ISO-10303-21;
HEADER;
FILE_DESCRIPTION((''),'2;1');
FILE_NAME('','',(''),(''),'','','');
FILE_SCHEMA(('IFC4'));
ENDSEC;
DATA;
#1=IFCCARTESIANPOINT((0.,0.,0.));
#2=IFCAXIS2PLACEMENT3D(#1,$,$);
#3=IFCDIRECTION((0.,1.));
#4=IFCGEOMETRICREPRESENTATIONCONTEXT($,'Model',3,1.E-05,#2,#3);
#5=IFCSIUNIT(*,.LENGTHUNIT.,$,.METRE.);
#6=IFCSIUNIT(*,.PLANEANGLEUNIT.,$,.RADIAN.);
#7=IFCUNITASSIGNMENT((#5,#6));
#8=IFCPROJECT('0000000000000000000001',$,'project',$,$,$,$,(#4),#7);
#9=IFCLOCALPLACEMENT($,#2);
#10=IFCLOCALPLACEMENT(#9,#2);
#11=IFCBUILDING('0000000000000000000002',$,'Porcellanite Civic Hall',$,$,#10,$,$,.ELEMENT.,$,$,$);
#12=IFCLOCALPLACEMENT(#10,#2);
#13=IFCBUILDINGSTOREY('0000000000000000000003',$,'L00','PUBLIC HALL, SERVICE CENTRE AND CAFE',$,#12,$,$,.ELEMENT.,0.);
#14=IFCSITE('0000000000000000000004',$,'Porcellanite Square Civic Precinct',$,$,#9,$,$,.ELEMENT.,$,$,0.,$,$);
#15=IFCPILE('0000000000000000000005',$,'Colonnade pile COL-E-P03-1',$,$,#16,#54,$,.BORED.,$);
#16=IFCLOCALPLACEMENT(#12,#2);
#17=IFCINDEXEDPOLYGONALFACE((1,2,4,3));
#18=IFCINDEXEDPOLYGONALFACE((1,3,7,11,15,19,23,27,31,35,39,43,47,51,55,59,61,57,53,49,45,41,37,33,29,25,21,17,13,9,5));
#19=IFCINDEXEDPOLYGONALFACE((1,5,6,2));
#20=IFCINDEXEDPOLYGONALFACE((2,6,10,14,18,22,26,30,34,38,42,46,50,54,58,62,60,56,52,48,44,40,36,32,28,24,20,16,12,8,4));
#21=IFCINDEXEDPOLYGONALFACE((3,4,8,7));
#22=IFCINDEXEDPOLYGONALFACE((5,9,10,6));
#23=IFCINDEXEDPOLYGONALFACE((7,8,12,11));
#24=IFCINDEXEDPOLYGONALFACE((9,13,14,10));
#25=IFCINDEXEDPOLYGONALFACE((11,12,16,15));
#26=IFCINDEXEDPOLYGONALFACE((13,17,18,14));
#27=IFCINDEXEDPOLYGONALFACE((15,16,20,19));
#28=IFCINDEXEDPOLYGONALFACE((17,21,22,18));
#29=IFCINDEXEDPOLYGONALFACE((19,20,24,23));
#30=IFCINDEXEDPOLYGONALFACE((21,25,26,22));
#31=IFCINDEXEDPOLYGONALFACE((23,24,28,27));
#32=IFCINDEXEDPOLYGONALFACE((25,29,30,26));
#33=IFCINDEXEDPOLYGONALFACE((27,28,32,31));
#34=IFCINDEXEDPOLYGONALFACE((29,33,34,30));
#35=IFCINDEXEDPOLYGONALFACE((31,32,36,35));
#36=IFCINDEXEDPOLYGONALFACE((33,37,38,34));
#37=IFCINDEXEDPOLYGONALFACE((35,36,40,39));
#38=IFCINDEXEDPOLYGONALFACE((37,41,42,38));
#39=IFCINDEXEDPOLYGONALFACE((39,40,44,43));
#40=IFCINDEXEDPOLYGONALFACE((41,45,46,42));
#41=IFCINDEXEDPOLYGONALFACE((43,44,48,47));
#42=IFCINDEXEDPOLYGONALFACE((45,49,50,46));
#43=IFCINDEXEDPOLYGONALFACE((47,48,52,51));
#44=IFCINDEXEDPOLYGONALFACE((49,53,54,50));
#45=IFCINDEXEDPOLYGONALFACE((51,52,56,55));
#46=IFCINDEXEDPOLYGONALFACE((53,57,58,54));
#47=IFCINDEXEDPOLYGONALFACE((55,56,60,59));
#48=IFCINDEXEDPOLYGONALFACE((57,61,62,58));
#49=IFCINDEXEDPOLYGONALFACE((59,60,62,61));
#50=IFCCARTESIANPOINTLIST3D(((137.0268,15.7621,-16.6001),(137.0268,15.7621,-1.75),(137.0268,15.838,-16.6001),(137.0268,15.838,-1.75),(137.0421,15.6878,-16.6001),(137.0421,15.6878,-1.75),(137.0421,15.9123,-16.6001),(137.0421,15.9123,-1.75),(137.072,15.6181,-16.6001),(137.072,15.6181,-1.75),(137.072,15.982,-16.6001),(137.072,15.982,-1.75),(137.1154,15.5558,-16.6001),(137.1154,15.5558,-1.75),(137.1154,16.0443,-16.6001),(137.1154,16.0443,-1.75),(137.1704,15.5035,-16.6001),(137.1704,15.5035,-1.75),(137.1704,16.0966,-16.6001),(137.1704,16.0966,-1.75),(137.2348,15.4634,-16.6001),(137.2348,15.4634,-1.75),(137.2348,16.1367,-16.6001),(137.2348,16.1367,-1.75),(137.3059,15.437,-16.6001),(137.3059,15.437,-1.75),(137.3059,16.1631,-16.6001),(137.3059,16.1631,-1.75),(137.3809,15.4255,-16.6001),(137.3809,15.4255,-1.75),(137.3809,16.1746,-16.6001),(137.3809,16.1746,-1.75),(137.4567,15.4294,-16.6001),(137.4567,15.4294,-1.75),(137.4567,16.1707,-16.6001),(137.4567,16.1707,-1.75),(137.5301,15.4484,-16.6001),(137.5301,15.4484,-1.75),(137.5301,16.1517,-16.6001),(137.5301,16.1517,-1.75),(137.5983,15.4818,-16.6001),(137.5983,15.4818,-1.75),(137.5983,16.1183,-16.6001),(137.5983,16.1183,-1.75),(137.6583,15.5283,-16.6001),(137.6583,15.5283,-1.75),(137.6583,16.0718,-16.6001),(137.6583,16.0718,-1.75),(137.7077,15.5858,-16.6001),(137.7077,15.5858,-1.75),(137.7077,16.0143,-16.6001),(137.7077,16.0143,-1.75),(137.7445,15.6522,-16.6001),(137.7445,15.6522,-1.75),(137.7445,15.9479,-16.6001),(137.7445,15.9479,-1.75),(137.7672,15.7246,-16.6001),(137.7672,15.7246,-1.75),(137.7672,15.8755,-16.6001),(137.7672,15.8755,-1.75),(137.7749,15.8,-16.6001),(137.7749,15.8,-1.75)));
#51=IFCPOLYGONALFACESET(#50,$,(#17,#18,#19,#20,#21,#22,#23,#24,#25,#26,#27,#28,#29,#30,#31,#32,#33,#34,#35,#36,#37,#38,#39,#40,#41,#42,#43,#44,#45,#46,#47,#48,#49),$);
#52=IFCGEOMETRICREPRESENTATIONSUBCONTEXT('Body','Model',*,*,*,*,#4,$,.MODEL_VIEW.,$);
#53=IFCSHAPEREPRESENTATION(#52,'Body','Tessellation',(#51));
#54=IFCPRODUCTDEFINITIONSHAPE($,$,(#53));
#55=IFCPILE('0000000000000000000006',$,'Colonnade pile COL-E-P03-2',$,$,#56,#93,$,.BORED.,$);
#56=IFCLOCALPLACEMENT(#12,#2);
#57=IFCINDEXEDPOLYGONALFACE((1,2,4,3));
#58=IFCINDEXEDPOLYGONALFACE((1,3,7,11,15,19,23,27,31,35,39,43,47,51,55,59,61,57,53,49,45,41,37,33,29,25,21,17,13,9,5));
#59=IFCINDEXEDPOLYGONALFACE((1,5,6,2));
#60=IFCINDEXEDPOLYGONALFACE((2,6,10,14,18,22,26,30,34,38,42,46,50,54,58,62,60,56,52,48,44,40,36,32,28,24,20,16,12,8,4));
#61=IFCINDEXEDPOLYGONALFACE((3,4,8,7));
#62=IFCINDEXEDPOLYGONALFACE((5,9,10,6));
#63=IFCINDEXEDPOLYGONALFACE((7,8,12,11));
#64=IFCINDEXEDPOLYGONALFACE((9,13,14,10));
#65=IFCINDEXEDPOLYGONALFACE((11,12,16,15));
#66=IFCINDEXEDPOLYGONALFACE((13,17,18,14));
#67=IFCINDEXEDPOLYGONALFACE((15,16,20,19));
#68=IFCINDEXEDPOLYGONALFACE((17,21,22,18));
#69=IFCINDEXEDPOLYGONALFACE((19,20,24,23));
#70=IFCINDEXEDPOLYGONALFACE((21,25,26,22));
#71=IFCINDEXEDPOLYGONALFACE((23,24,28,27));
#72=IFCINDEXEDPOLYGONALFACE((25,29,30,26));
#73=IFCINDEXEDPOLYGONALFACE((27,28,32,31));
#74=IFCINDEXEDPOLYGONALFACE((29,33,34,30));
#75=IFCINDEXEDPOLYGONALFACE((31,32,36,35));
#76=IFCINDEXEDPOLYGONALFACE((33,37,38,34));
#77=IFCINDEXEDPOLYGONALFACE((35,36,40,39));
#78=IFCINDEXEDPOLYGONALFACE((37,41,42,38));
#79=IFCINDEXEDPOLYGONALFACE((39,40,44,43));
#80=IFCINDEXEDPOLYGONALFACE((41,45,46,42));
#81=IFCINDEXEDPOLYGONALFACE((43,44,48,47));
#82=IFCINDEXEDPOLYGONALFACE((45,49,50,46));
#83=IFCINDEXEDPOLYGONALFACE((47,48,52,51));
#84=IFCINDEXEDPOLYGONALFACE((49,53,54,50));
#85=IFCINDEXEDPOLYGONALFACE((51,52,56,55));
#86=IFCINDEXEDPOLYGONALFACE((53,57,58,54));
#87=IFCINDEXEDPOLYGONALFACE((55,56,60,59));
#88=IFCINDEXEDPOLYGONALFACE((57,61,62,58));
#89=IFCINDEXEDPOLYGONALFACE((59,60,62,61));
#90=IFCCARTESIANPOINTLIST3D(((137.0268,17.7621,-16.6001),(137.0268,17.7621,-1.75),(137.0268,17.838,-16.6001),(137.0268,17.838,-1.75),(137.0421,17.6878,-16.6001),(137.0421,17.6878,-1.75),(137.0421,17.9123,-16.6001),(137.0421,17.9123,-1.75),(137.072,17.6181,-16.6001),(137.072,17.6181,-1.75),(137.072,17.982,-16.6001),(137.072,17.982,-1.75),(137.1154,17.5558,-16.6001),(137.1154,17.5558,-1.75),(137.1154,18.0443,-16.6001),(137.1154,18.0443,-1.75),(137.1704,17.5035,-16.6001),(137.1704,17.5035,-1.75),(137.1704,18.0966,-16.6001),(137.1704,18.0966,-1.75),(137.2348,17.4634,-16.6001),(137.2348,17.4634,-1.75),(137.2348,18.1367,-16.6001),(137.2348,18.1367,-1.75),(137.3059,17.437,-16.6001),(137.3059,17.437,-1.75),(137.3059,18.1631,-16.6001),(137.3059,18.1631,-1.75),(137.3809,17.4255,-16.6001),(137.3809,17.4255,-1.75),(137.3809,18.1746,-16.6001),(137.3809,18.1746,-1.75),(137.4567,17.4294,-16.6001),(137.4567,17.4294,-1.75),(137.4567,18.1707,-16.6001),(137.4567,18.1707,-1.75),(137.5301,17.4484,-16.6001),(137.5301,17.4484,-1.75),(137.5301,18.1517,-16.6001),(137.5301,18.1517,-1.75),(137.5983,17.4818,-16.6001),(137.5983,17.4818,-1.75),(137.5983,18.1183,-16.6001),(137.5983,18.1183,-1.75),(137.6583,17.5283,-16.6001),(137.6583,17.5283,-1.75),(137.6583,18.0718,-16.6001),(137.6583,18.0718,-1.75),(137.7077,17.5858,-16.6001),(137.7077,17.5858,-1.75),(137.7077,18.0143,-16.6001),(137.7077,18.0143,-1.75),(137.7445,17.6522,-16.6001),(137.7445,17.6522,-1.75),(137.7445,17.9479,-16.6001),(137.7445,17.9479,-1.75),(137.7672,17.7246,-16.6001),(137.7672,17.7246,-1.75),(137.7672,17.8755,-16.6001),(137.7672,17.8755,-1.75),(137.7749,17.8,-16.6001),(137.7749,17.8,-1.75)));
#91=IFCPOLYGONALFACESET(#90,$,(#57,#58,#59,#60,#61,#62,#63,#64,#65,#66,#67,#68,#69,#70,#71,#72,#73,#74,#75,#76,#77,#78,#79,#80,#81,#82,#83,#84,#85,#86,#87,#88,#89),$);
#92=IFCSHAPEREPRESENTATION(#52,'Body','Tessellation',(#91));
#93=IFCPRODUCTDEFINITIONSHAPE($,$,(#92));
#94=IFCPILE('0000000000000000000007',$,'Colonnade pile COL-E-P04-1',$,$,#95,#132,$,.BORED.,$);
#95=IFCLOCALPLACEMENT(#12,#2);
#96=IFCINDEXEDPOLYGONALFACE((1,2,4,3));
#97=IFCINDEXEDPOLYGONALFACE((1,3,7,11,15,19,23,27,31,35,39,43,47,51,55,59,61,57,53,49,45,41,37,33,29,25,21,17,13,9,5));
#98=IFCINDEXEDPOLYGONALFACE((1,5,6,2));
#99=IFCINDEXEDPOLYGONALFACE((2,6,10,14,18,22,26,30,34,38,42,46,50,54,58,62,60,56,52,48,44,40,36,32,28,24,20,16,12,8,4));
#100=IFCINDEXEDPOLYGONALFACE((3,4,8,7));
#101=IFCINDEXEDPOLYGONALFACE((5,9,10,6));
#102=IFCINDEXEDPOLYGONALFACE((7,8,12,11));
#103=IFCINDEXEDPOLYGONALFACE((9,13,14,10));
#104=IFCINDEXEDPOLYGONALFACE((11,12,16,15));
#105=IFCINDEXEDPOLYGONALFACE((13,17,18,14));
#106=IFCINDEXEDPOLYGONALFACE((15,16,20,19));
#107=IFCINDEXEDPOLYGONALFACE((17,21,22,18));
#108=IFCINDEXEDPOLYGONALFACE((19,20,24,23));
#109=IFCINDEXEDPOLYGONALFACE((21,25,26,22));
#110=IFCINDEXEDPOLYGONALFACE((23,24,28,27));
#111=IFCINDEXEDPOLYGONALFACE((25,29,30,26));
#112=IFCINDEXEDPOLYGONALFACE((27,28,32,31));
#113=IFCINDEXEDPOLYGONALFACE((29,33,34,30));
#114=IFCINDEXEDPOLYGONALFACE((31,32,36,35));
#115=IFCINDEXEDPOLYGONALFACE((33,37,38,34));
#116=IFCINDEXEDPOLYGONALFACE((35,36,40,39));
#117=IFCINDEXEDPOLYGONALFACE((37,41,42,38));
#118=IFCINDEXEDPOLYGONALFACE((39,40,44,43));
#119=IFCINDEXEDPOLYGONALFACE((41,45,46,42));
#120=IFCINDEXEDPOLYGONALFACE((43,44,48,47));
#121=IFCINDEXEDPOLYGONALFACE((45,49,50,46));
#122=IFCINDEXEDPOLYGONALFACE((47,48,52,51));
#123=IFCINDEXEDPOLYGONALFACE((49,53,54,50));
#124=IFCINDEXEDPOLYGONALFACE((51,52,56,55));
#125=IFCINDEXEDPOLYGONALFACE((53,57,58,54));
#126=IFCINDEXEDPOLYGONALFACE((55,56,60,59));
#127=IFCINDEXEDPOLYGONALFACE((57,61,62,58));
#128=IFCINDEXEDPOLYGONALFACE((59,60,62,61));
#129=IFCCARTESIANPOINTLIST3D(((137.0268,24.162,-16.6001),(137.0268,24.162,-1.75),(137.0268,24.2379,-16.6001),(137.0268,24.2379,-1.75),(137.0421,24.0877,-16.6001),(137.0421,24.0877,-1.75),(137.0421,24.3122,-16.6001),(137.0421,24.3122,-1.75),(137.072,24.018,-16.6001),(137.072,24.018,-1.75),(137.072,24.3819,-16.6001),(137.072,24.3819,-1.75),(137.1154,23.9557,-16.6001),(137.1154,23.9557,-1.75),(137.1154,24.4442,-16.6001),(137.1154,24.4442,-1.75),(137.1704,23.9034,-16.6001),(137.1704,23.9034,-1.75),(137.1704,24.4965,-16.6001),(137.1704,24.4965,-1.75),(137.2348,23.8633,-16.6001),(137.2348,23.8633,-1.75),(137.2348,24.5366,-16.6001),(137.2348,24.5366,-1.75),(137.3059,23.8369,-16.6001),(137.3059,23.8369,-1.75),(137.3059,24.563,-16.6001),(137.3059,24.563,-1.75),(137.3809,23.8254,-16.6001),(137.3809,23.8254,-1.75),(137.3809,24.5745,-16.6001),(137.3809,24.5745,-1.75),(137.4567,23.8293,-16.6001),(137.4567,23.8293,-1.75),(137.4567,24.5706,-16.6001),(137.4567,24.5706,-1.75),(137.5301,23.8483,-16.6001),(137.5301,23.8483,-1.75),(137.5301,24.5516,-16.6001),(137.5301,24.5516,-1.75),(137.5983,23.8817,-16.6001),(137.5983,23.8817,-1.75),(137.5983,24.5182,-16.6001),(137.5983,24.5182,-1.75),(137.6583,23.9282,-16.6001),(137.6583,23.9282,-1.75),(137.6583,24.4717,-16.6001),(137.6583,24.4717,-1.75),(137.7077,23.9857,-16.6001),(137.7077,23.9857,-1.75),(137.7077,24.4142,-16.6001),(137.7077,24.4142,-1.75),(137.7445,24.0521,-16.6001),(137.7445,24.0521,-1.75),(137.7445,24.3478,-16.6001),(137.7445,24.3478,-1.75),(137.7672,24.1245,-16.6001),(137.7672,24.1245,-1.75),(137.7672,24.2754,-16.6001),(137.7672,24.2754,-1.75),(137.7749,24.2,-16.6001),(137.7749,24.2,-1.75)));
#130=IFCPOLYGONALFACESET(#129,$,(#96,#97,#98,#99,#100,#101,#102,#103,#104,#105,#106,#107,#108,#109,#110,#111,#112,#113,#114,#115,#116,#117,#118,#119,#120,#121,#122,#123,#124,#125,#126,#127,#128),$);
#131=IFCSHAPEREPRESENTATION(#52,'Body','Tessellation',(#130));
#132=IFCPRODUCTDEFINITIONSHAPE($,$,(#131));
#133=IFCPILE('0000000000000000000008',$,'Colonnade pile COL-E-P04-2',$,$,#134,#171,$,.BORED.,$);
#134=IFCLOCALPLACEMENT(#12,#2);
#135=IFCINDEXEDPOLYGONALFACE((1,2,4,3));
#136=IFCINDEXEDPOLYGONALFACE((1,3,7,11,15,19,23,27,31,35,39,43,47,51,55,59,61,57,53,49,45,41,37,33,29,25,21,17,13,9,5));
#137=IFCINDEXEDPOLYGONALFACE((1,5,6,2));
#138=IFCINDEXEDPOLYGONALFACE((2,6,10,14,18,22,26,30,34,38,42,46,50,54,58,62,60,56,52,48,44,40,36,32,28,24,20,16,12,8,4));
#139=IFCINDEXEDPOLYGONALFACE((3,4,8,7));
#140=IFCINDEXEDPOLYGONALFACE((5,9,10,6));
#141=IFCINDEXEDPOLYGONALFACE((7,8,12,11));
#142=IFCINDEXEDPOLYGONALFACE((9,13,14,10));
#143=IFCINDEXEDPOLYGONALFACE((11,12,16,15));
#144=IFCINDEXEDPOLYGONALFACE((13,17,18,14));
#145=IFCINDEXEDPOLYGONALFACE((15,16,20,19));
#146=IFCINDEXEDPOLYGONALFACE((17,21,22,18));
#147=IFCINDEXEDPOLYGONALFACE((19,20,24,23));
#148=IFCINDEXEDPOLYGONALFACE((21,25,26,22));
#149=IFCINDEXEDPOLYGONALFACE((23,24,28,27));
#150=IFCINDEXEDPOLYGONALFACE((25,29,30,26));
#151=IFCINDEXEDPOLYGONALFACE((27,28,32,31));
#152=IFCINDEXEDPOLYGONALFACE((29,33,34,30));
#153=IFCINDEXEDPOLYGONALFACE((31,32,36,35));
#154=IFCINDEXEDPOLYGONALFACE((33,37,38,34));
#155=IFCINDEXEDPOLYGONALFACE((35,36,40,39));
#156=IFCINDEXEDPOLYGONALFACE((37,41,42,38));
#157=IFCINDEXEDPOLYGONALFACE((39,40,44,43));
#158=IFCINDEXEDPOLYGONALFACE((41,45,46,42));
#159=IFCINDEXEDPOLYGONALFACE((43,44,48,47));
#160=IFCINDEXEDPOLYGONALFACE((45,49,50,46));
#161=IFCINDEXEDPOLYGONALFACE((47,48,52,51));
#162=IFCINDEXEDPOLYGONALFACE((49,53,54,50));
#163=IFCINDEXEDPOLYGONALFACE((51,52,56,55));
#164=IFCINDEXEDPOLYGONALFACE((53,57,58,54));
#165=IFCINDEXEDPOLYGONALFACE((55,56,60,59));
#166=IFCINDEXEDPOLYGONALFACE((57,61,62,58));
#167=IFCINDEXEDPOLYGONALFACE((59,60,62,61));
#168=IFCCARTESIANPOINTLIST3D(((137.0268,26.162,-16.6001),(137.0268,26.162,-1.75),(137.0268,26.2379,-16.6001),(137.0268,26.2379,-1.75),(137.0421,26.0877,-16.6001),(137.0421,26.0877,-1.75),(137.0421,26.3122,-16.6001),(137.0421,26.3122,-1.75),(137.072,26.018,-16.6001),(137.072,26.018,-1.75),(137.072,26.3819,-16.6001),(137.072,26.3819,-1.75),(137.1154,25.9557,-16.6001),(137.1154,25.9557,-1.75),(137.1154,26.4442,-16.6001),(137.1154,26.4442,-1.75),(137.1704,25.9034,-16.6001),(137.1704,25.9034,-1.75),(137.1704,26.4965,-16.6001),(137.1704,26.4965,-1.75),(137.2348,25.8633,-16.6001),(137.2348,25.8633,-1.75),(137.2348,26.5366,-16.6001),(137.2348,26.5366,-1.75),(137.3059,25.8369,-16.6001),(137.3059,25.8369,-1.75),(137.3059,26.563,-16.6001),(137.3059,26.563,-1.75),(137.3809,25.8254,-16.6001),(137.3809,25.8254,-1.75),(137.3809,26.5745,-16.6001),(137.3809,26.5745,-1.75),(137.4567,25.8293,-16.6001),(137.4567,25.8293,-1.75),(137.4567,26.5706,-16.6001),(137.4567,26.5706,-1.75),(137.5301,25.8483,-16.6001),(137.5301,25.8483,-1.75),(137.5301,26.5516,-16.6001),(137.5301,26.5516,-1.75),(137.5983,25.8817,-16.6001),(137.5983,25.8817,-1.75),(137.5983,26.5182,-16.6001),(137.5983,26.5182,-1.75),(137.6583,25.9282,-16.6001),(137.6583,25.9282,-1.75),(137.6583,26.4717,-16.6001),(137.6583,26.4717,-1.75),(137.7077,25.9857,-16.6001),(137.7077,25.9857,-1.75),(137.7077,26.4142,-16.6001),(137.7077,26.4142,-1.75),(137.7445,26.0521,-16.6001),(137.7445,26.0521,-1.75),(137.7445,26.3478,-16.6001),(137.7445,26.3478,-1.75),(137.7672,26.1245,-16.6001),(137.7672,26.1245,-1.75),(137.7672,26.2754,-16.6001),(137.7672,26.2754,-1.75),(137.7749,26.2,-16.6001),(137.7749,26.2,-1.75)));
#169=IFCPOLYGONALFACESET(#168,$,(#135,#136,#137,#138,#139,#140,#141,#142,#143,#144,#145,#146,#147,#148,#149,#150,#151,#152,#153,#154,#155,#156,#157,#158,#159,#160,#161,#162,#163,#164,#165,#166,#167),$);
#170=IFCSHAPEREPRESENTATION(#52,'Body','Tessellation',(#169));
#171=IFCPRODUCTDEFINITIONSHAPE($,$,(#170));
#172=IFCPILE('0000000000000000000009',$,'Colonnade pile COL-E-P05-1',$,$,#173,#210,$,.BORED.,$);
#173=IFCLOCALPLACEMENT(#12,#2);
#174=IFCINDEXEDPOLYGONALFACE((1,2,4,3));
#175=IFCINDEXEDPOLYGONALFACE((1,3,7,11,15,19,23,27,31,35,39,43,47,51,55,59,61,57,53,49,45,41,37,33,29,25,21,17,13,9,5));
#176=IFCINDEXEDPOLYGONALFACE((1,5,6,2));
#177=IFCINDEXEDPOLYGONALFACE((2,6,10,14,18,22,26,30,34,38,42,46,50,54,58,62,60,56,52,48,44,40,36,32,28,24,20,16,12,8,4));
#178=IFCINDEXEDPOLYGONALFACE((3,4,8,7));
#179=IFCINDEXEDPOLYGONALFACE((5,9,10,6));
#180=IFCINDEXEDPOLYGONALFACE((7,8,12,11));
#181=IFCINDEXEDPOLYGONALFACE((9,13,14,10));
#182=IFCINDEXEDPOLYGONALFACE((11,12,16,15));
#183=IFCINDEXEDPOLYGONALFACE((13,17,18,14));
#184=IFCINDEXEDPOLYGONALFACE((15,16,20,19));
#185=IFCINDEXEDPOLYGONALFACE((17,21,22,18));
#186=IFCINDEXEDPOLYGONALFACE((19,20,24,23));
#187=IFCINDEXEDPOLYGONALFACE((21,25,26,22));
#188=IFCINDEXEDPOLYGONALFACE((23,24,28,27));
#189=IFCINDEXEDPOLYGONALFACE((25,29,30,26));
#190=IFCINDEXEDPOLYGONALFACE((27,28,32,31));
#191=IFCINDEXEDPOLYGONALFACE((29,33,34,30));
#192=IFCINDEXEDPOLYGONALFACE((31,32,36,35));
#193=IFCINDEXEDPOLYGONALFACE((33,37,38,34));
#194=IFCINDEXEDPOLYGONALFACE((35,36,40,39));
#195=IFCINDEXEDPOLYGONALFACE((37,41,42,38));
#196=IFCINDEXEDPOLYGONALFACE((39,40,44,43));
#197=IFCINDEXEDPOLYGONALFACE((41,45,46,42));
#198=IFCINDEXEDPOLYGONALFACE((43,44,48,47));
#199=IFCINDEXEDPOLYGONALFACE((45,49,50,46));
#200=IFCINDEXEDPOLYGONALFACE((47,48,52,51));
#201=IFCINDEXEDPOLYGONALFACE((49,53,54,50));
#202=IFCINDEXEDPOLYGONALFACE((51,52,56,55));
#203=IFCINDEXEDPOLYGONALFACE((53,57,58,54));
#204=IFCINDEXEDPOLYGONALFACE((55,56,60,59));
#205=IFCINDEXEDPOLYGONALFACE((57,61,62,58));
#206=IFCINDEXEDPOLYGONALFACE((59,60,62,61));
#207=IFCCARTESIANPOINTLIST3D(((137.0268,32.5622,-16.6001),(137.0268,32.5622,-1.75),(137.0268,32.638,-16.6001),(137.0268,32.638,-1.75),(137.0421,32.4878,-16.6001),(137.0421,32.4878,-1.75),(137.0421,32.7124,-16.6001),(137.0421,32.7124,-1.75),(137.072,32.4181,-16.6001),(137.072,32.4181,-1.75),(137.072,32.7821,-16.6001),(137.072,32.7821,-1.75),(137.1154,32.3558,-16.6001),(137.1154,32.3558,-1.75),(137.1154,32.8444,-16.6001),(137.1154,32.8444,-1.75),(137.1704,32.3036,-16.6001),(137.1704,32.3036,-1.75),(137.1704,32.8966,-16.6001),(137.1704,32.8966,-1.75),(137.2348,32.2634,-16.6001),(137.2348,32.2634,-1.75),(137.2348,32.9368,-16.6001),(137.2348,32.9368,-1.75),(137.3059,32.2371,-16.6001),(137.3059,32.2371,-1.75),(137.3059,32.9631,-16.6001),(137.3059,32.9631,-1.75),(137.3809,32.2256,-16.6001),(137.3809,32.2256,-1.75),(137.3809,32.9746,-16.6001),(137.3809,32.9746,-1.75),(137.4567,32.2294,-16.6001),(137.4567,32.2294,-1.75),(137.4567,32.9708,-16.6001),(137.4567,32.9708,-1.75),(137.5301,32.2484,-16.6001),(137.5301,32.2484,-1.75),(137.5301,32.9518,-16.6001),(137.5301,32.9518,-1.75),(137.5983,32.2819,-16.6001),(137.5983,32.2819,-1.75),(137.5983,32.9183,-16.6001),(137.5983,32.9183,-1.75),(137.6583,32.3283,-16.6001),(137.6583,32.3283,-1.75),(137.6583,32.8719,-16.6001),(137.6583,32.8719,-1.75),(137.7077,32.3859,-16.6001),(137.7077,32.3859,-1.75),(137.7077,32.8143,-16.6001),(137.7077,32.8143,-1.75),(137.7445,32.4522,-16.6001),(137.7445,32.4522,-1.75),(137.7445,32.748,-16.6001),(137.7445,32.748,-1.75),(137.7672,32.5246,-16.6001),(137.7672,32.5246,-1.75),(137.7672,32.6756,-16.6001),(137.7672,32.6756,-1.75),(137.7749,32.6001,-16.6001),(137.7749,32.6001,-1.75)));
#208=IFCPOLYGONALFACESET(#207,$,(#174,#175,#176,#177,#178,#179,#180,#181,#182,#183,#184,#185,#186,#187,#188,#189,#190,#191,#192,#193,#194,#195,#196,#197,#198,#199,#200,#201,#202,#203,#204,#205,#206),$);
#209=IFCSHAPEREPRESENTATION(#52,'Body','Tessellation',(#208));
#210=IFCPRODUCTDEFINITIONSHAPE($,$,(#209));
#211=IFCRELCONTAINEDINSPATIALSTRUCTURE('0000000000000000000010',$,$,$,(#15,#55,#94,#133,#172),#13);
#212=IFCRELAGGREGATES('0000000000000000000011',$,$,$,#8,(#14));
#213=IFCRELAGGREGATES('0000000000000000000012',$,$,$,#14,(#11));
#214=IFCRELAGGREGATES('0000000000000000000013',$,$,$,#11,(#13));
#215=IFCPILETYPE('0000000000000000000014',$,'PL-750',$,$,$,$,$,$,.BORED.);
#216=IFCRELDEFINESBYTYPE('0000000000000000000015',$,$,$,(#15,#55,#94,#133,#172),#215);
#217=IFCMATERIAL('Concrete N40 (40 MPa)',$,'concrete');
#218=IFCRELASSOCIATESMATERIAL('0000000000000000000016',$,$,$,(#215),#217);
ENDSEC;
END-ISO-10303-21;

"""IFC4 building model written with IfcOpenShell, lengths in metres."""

from ifc_helpers import new_model, si_unit, direction, frame, origin, origin_2d, place, context, subcontext, project, spatial, circle, extrude, material, material_profile, profile_set, type_object, element, save


model = new_model("IFC4")

# Units and contexts
model_context = context("Model", 3, precision=1e-05, world=origin(), true_north=direction((0.0, 1.0)))
body_context = subcontext(model_context, "Body", "Model", "MODEL_VIEW")
ifc_project = project(units=[si_unit("LENGTHUNIT", "METRE"), si_unit("PLANEANGLEUNIT", "RADIAN")], contexts=[model_context])

# Site, building, storey
site_placement = place(None, origin())
site = spatial("IfcSite", under=ifc_project, at=site_placement, Name="Porcellanite Square Civic Precinct", CompositionType="ELEMENT", RefElevation=0.0)
building_placement = place(site_placement, origin())
building = spatial("IfcBuilding", under=site, at=building_placement, Name="Porcellanite Civic Hall", CompositionType="ELEMENT")
storey_placement = place(building_placement, origin())
storey = spatial("IfcBuildingStorey", under=building, at=storey_placement, Name="L00", Description="PUBLIC HALL, SERVICE CENTRE AND CAFE", CompositionType="ELEMENT", Elevation=0.0)

# Piles
ifc_material_1 = material(Name="Concrete N40 (40 MPa)", Category="concrete")
ifc_material_profile_1 = material_profile(ifc_material_1, circle(Radius=0.375, at=origin_2d()), Name="PILE-D750")
ifc_profile_set_1 = profile_set([ifc_material_profile_1], Name="Concrete N40 (40 MPa)")
pile_type = type_object("IfcPileType", Name="PL-750", PredefinedType="BORED", material=ifc_profile_set_1)
for number, where, z_axis, x_axis, name in (
    (1, (137.3999, 15.8, -1.75), (0.0, 0.0, -1.0), (1.0, 0.0, 0.0), "Colonnade pile COL-E-P03-1"),
    (2, (137.3999, 17.8, -1.75), (0.0, 0.0, -1.0), (1.0, 0.0, 0.0), "Colonnade pile COL-E-P03-2"),
    (3, (137.3999, 24.2, -1.75), (0.0, 0.0, -1.0), (1.0, 0.0, 0.0), "Colonnade pile COL-E-P04-1"),
    (4, (137.3999, 26.2, -1.75), (0.0, 0.0, -1.0), (1.0, 0.0, 0.0), "Colonnade pile COL-E-P04-2"),
    (5, (137.3999, 32.6001, -1.75), (0.0, 0.0, -1.0), (1.0, 0.0, 0.0), "Colonnade pile COL-E-P05-1"),
):
    element("IfcPile", number, at=place(storey_placement, frame(where, z_axis=z_axis, x_axis=x_axis)), inside=storey, type_object=pile_type, Name=name, PredefinedType="BORED", context=body_context, shape_type="SweptSolid", body=[
        extrude(circle(Radius=0.375, at=origin_2d()), origin(), (0.0, 0.0, 1.0), 14.8501),
    ])

save(model, "model.ifc")
